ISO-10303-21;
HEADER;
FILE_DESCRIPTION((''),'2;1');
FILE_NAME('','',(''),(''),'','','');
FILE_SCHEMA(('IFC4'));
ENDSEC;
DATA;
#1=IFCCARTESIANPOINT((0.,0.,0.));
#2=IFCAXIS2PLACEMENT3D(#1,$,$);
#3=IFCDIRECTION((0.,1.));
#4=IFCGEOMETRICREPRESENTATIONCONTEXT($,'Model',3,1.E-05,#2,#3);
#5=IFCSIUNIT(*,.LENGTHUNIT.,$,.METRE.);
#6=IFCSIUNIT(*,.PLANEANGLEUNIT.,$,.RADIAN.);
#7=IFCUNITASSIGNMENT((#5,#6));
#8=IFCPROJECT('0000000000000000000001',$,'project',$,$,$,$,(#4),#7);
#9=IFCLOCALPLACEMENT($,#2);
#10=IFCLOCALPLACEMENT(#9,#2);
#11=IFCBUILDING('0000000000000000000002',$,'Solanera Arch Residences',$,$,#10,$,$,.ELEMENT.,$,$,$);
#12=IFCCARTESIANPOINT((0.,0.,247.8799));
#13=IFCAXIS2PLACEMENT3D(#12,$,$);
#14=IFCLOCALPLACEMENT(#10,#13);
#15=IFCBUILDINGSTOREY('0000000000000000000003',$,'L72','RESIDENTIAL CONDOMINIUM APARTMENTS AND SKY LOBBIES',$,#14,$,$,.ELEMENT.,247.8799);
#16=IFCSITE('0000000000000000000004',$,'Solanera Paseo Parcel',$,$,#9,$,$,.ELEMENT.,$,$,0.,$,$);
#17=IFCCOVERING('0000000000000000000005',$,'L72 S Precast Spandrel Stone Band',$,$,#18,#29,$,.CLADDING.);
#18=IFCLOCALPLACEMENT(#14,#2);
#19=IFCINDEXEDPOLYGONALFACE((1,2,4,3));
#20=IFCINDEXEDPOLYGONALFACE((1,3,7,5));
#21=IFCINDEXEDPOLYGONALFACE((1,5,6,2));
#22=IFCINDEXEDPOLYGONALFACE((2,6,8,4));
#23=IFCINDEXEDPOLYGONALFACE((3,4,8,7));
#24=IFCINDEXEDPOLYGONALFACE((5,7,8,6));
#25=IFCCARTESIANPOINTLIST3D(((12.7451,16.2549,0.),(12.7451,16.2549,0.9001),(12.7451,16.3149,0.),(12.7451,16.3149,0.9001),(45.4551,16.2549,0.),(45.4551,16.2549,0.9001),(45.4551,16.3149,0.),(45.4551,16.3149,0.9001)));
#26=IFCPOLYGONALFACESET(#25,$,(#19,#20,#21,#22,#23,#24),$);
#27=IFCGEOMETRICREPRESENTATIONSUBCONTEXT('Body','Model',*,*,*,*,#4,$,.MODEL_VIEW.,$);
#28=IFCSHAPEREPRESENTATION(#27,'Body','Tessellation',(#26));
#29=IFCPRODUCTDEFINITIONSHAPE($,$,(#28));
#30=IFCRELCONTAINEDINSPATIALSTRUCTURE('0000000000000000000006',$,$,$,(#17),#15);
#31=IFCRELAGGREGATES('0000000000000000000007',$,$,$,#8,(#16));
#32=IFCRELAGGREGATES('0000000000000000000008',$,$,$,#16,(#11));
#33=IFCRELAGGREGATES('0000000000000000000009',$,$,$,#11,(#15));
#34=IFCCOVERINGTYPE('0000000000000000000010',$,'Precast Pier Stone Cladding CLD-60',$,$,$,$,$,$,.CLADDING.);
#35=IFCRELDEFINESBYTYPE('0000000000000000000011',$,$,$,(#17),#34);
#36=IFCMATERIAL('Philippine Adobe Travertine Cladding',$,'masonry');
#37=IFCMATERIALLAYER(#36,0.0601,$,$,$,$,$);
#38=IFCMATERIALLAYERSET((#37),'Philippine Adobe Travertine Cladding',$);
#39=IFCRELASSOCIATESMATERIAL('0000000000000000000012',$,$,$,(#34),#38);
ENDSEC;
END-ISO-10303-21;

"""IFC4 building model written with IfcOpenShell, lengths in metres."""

from ifc_helpers import new_model, si_unit, direction, frame, frame_2d, origin, place, context, subcontext, project, spatial, rectangle, extrude, material, layer, layer_set, type_object, element, save


model = new_model("IFC4")

# Units and contexts
model_context = context("Model", 3, precision=1e-05, world=origin(), true_north=direction((0.0, 1.0)))
body_context = subcontext(model_context, "Body", "Model", "MODEL_VIEW")
ifc_project = project(units=[si_unit("LENGTHUNIT", "METRE"), si_unit("PLANEANGLEUNIT", "RADIAN")], contexts=[model_context])

# Site, building, storey
site_placement = place(None, origin())
site = spatial("IfcSite", under=ifc_project, at=site_placement, Name="Solanera Paseo Parcel", CompositionType="ELEMENT", RefElevation=0.0)
building_placement = place(site_placement, origin())
building = spatial("IfcBuilding", under=site, at=building_placement, Name="Solanera Arch Residences", CompositionType="ELEMENT")
storey_placement = place(building_placement, frame((0.0, 0.0, 247.8799)))
storey = spatial("IfcBuildingStorey", under=building, at=storey_placement, Name="L72", Description="RESIDENTIAL CONDOMINIUM APARTMENTS AND SKY LOBBIES", CompositionType="ELEMENT", Elevation=247.8799)

# Covering
ifc_material_1 = material(Name="Philippine Adobe Travertine Cladding", Category="masonry")
ifc_layer_1 = layer(ifc_material_1, 0.0601)
ifc_layer_set_1 = layer_set([ifc_layer_1], Name="Philippine Adobe Travertine Cladding")
covering_type = type_object("IfcCoveringType", Name="Precast Pier Stone Cladding CLD-60", PredefinedType="CLADDING", material=ifc_layer_set_1)
covering_placement = place(storey_placement, frame((45.4551, 16.2849, 0.0), z_axis=(0.0, 0.0, 1.0), x_axis=(-1.0, 0.0, 0.0)))
element("IfcCovering", 1, at=covering_placement, inside=storey, type_object=covering_type, Name="L72 S Precast Spandrel Stone Band", PredefinedType="CLADDING", context=body_context, shape_type="SweptSolid", body=[
    extrude(rectangle(XDim=32.71, YDim=0.0601, at=frame_2d((16.355, 0.0))), origin(), (0.0, 0.0, 1.0), 0.9001),
])

save(model, "model.ifc")
